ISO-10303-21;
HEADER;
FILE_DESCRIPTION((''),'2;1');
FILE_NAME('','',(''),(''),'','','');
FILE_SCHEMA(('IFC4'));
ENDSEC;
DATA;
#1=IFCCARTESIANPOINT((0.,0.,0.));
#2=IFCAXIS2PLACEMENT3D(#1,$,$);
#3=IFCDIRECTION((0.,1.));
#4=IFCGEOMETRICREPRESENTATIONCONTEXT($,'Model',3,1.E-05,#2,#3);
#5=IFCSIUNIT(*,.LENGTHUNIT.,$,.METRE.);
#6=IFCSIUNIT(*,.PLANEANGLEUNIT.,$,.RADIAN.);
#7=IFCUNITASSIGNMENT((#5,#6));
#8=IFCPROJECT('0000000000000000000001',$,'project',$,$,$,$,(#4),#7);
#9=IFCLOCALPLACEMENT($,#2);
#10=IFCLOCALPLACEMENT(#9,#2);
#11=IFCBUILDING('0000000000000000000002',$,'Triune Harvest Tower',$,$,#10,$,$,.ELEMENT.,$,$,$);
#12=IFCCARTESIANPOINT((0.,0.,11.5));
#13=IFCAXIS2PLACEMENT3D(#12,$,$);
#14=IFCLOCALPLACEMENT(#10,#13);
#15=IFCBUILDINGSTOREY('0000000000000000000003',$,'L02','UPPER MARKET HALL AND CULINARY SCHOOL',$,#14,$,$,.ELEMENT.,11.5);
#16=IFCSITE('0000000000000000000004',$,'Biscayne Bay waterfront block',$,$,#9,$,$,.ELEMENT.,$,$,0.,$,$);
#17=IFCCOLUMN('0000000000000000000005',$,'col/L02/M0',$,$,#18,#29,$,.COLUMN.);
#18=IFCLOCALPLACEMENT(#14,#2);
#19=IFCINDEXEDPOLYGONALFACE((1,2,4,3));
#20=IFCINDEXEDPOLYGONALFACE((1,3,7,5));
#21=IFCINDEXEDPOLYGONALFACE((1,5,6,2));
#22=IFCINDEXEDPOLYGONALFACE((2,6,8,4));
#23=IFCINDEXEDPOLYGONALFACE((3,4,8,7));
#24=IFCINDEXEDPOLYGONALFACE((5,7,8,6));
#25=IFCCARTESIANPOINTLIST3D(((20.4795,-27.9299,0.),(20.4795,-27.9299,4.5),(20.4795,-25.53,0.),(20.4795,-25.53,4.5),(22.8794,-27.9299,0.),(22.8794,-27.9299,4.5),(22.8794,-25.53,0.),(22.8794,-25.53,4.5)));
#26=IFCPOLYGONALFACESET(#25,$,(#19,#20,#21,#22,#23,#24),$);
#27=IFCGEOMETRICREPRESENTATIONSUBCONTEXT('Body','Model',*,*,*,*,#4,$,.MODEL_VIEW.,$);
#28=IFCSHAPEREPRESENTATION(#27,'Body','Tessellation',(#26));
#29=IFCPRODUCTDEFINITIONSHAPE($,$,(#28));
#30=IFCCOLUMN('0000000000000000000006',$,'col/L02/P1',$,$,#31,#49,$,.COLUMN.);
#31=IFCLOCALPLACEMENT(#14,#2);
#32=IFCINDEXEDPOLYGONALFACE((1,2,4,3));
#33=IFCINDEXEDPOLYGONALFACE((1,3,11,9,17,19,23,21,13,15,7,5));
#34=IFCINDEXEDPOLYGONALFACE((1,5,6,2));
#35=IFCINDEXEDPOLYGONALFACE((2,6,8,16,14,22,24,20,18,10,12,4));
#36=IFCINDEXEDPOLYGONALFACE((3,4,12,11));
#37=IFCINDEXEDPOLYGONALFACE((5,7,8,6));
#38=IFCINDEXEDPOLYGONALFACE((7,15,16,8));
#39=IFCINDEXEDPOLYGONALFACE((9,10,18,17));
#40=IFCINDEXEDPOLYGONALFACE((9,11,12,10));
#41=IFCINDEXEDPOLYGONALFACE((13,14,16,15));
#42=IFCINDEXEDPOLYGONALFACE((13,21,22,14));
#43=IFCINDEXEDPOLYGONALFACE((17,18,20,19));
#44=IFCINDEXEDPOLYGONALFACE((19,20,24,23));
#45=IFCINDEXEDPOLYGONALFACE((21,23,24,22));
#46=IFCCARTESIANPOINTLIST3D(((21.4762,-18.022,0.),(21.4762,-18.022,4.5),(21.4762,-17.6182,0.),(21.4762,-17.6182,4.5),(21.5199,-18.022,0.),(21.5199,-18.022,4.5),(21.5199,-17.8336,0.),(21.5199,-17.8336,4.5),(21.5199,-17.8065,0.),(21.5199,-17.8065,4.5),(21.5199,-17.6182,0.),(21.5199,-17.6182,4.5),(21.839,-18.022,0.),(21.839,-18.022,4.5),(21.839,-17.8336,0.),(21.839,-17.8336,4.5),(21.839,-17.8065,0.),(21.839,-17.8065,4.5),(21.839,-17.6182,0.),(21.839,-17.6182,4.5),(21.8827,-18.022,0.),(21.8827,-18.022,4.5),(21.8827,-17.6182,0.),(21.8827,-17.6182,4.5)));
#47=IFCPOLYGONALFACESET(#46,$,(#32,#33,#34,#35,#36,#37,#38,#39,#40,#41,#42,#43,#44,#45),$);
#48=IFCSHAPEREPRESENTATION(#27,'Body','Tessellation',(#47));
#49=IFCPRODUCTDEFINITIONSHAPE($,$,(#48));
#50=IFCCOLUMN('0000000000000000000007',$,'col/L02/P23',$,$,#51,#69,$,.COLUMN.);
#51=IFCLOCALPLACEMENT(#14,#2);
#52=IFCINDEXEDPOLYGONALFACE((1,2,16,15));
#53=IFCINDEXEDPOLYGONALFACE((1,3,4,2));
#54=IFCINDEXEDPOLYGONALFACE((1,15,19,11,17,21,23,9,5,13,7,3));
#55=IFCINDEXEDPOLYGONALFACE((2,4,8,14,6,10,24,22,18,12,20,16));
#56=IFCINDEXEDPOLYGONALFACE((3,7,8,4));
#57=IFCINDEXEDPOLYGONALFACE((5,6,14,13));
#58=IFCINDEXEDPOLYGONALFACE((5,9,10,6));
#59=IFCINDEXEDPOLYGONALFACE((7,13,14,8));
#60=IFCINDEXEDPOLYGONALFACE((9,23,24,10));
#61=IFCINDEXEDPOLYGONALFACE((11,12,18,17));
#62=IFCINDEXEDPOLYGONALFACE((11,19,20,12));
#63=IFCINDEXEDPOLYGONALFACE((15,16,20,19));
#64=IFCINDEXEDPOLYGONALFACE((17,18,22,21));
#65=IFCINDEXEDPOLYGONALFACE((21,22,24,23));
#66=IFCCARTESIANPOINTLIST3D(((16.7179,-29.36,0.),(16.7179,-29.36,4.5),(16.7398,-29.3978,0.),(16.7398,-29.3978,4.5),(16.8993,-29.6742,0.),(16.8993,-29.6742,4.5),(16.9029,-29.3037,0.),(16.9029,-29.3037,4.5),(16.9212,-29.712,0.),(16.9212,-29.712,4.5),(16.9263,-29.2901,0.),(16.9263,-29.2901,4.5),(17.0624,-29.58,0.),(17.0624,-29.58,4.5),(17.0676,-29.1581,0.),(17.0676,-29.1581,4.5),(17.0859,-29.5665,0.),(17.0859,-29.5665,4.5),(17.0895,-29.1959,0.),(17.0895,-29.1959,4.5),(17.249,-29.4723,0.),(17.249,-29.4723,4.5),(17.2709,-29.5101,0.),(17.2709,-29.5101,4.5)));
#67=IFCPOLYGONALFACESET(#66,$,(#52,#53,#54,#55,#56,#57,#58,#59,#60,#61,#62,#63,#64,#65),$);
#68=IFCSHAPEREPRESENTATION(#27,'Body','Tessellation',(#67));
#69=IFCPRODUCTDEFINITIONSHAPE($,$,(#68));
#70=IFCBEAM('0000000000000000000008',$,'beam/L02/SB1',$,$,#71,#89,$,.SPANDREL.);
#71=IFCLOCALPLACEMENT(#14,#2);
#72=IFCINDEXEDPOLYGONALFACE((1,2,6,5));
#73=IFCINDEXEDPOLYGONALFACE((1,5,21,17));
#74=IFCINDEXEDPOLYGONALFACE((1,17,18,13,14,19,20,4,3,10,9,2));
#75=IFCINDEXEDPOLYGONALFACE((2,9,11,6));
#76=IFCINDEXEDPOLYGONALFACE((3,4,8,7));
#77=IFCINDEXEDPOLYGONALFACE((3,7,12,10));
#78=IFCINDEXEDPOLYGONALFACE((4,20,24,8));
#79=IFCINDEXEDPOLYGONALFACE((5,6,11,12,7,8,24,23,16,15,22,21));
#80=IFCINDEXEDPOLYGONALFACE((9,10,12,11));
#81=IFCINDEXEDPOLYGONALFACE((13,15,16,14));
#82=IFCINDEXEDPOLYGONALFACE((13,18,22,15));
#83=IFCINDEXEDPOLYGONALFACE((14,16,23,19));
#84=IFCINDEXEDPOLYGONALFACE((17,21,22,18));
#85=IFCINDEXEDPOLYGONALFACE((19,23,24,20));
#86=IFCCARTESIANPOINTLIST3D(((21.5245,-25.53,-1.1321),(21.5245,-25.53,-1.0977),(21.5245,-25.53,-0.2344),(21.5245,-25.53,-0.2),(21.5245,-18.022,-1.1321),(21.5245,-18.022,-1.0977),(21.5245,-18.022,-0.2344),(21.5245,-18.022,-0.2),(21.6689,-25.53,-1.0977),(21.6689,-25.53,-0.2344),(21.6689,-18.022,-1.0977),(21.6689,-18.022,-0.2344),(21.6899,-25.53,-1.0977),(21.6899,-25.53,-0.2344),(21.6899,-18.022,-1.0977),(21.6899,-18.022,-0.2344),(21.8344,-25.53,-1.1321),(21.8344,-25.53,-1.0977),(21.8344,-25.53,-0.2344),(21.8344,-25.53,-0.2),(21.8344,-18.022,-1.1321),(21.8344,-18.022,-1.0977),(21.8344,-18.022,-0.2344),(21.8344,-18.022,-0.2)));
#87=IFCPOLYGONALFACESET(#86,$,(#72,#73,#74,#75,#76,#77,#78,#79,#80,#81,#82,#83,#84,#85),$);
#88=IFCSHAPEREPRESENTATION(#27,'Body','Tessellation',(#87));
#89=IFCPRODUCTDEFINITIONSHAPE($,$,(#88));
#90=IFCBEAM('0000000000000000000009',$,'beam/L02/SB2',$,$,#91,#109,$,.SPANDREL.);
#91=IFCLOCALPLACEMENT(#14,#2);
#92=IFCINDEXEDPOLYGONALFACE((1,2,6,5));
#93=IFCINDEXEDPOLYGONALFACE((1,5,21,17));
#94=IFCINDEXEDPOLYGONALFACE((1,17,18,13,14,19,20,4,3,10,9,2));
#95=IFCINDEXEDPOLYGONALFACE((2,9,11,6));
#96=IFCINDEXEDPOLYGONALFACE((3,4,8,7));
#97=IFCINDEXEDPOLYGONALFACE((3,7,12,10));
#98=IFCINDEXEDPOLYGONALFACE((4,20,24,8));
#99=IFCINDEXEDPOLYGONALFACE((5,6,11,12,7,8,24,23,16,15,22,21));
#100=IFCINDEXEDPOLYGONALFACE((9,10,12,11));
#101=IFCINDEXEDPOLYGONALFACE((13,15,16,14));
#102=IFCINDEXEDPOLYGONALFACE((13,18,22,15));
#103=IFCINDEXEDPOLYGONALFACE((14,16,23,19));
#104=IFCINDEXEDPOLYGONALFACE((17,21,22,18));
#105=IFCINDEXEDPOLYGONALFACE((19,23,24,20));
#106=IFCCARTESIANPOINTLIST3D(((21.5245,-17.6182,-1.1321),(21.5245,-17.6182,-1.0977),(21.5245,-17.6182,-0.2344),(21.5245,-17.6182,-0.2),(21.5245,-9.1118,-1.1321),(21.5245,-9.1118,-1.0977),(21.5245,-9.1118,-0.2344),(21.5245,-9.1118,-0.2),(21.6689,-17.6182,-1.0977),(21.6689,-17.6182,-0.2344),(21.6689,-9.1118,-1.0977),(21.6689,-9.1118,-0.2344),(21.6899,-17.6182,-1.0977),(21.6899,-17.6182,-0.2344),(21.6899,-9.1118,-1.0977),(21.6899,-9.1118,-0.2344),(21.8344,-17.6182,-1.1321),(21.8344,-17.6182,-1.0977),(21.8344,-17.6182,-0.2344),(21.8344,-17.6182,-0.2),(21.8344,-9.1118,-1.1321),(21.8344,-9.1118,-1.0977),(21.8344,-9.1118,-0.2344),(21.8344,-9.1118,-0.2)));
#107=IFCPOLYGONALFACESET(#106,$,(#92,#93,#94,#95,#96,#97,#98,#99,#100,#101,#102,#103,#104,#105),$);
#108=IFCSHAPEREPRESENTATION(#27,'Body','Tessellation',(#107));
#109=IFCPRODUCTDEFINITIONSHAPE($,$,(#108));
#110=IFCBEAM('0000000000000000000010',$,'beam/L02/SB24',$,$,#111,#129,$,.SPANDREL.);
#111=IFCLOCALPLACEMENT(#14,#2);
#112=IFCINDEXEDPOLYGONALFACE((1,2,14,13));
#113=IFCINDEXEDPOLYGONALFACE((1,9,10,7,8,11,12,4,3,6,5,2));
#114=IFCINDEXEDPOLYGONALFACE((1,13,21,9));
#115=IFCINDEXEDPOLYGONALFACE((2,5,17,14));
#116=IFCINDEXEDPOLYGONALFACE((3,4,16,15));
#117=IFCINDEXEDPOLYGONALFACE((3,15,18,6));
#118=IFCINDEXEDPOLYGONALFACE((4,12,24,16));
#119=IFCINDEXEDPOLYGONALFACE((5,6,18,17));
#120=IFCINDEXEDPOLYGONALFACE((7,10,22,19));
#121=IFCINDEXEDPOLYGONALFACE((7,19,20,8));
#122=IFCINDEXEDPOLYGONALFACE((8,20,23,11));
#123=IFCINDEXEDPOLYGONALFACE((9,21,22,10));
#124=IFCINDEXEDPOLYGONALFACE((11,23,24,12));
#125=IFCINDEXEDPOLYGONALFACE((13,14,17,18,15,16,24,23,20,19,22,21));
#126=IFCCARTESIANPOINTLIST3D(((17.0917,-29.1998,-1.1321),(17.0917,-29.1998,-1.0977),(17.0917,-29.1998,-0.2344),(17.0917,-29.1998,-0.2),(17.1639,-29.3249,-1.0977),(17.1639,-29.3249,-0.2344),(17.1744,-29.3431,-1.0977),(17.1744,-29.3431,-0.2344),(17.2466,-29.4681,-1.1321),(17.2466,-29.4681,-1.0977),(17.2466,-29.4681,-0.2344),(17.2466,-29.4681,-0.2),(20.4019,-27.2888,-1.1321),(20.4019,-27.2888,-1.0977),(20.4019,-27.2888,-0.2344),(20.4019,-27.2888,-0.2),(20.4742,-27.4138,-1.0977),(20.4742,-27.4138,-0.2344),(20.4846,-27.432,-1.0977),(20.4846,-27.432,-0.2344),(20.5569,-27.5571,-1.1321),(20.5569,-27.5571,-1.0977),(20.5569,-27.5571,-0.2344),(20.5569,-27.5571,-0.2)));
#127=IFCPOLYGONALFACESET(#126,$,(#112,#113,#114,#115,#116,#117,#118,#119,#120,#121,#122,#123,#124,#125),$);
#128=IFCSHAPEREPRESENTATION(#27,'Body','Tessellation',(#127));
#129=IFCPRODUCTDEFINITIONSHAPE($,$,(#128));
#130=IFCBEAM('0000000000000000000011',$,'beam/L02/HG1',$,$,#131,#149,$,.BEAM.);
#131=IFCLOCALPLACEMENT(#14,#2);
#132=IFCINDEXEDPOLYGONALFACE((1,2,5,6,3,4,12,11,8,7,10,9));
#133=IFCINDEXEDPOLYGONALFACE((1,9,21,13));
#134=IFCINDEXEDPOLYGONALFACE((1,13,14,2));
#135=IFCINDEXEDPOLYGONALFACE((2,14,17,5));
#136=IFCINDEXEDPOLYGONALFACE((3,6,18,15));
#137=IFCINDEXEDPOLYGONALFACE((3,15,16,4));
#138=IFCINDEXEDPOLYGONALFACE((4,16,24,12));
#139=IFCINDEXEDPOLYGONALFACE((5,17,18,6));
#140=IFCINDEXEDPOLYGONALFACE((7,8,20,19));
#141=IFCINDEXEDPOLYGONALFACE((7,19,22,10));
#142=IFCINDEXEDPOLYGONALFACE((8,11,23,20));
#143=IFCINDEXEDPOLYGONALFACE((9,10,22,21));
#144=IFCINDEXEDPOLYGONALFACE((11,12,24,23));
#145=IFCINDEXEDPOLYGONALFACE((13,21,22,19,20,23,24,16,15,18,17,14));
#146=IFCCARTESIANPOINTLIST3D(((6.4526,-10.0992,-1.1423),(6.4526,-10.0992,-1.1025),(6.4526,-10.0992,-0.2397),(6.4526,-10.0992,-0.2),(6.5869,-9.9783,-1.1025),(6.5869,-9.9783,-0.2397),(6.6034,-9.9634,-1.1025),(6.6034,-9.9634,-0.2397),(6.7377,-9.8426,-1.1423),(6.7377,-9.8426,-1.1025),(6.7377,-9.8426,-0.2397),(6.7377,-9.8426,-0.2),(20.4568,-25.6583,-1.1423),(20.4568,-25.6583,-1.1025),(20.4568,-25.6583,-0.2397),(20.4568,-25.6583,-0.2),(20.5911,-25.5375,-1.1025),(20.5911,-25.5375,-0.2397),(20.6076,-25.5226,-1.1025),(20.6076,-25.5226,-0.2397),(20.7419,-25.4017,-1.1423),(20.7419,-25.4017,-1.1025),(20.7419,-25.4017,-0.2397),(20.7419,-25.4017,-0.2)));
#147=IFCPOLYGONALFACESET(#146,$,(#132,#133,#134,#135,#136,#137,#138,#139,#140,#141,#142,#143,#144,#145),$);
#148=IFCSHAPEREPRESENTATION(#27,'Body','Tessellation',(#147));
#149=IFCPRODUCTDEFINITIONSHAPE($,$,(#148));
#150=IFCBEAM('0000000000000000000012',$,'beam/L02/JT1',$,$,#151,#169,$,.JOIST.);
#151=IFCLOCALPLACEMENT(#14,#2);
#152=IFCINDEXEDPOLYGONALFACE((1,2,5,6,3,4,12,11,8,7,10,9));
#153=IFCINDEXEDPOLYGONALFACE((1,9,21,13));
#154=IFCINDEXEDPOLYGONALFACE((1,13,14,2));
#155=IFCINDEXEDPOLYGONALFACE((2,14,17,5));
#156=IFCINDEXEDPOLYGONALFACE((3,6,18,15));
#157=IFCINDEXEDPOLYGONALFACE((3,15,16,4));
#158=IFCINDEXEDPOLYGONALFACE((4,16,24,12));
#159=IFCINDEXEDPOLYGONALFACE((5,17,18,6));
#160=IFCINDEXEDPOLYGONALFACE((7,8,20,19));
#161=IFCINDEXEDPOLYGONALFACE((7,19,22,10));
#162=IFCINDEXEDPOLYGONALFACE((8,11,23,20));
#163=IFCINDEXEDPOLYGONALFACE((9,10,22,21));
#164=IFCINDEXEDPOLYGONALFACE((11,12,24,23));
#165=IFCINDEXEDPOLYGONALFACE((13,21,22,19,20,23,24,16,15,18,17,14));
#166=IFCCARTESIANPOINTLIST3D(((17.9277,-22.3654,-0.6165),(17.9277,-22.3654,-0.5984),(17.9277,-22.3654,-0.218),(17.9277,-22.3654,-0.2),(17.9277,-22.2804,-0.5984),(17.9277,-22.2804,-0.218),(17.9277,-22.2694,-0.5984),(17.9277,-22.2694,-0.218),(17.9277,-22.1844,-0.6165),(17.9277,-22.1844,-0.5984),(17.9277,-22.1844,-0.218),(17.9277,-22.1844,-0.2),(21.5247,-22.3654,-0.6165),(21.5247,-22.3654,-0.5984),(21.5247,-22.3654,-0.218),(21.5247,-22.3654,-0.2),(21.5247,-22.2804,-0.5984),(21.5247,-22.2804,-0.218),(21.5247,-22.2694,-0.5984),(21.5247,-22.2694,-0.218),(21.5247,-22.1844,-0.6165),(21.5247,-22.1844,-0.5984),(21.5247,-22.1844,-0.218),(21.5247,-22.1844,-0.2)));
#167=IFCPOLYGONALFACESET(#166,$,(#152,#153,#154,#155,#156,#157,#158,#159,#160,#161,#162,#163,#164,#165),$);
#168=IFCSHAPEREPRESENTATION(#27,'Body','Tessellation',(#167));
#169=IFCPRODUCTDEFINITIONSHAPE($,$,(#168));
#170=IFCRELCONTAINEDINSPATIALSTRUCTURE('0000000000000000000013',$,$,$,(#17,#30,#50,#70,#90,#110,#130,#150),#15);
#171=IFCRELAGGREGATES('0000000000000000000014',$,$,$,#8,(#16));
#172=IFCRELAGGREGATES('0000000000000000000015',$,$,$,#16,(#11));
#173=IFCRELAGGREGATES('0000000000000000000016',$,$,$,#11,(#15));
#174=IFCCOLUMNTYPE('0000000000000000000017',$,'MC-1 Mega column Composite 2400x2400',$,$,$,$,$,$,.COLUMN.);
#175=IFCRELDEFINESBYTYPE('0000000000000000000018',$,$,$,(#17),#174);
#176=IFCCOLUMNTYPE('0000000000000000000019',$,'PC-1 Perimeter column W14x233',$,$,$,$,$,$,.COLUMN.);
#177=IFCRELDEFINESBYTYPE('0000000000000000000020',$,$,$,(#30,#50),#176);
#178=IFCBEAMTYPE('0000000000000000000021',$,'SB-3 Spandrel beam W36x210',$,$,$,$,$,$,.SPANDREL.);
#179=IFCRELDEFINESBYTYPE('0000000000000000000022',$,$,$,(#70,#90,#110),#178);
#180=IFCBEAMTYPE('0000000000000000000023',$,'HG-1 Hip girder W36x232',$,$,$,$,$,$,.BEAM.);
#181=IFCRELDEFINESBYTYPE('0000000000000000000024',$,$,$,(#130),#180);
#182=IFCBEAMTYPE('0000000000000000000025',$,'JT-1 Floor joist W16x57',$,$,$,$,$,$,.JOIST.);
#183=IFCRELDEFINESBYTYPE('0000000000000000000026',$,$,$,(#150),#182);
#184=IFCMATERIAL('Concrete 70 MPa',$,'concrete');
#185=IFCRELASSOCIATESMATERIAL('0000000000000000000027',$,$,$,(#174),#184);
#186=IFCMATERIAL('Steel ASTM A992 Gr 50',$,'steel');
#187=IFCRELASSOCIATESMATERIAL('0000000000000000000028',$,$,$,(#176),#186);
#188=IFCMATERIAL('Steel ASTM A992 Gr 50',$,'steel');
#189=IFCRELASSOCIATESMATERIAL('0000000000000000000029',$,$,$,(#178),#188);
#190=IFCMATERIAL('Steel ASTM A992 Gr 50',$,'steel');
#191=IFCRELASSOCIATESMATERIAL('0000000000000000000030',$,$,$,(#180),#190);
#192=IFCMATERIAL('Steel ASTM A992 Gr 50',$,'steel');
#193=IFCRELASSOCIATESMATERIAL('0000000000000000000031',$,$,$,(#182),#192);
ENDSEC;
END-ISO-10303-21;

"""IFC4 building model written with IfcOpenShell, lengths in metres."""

from ifc_helpers import new_model, si_unit, direction, frame, origin, origin_2d, place, context, subcontext, project, spatial, rectangle, i_section, extrude, source, transform, mapped, material, material_profile, profile_set, type_object, element, save


model = new_model("IFC4")

# Units and contexts
model_context = context("Model", 3, precision=1e-05, world=origin(), true_north=direction((0.0, 1.0)))
body_context = subcontext(model_context, "Body", "Model", "MODEL_VIEW")
ifc_project = project(units=[si_unit("LENGTHUNIT", "METRE"), si_unit("PLANEANGLEUNIT", "RADIAN")], contexts=[model_context])

# Site, building, storey
site_placement = place(None, origin())
site = spatial("IfcSite", under=ifc_project, at=site_placement, Name="Biscayne Bay waterfront block", CompositionType="ELEMENT", RefElevation=0.0)
building_placement = place(site_placement, origin())
building = spatial("IfcBuilding", under=site, at=building_placement, Name="Triune Harvest Tower", CompositionType="ELEMENT")
storey_placement = place(building_placement, frame((0.0, 0.0, 11.5)))
storey = spatial("IfcBuildingStorey", under=building, at=storey_placement, Name="L02", Description="UPPER MARKET HALL AND CULINARY SCHOOL", CompositionType="ELEMENT", Elevation=11.5)

# Columns
ifc_material_1 = material(Name="Concrete 70 MPa", Category="concrete")
ifc_material_profile_1 = material_profile(ifc_material_1, rectangle(XDim=2.3999, YDim=2.3999, at=origin_2d()), Name="Composite 2400x2400")
ifc_profile_set_1 = profile_set([ifc_material_profile_1], Name="Concrete 70 MPa")
column_type_1 = type_object("IfcColumnType", Name="MC-1 Mega column Composite 2400x2400", PredefinedType="COLUMN", material=ifc_profile_set_1)
shared_shape_1 = source(origin(), body_context, "Body", "SweptSolid", [
    extrude(rectangle(XDim=2.3999, YDim=2.3999, at=origin_2d()), origin(), (0.0, 0.0, 1.0), 4.5),
])
column_placement = place(storey_placement, frame((21.6794, -26.73, 0.0), z_axis=(0.0, 0.0, 1.0), x_axis=(0.0, 1.0, 0.0)))
element("IfcColumn", 1, at=column_placement, inside=storey, type_object=column_type_1, Name="col/L02/M0", PredefinedType="COLUMN", context=body_context, shape_type="MappedRepresentation", body=[
    mapped(shared_shape_1, transform((0.0, 0.0, 0.0), scale=1.0)),
])
ifc_material_2 = material(Name="Steel ASTM A992 Gr 50", Category="steel")
ifc_material_profile_2 = material_profile(ifc_material_2, i_section(OverallWidth=0.4038, OverallDepth=0.4065, WebThickness=0.0271, FlangeThickness=0.0437, at=origin_2d()), Name="W14x233")
ifc_profile_set_2 = profile_set([ifc_material_profile_2], Name="Steel ASTM A992 Gr 50")
column_type_2 = type_object("IfcColumnType", Name="PC-1 Perimeter column W14x233", PredefinedType="COLUMN", material=ifc_profile_set_2)
shared_shape_2 = source(origin(), body_context, "Body", "SweptSolid", [
    extrude(i_section(OverallWidth=0.4038, OverallDepth=0.4065, WebThickness=0.0271, FlangeThickness=0.0437, at=origin_2d()), origin(), (0.0, 0.0, 1.0), 4.5),
])
for number, where, z_axis, x_axis, name in (
    (2, (21.6794, -17.8201, 0.0), (0.0, 0.0, 1.0), (0.0, 1.0, 0.0), "col/L02/P1"),
    (3, (16.9944, -29.4351, 0.0), (0.0, 0.0, 1.0), (0.866026, 0.499998, 0.0), "col/L02/P23"),
):
    element("IfcColumn", number, at=place(storey_placement, frame(where, z_axis=z_axis, x_axis=x_axis)), inside=storey, type_object=column_type_2, Name=name, PredefinedType="COLUMN", context=body_context, shape_type="MappedRepresentation", body=[
        mapped(shared_shape_2, transform((0.0, 0.0, 0.0), scale=1.0)),
    ])

# Beams
ifc_material_3 = material(Name="Steel ASTM A992 Gr 50", Category="steel")
ifc_material_profile_3 = material_profile(ifc_material_3, i_section(OverallWidth=0.3098, OverallDepth=0.9321, WebThickness=0.021, FlangeThickness=0.0344, at=origin_2d()), Name="W36x210")
ifc_profile_set_3 = profile_set([ifc_material_profile_3], Name="Steel ASTM A992 Gr 50")
beam_type_1 = type_object("IfcBeamType", Name="SB-3 Spandrel beam W36x210", PredefinedType="SPANDREL", material=ifc_profile_set_3)
shared_shape_3 = source(origin(), body_context, "Body", "SweptSolid", [
    extrude(i_section(OverallWidth=0.3098, OverallDepth=0.9321, WebThickness=0.021, FlangeThickness=0.0344, at=origin_2d()), origin(), (0.0, 0.0, 1.0), 7.5081),
])
beam_1_placement = place(storey_placement, frame((21.6794, -25.53, -0.666), z_axis=(0.0, 1.0, 0.0), x_axis=(-1.0, 0.0, 0.0)))
element("IfcBeam", 4, at=beam_1_placement, inside=storey, type_object=beam_type_1, Name="beam/L02/SB1", PredefinedType="SPANDREL", context=body_context, shape_type="MappedRepresentation", body=[
    mapped(shared_shape_3, transform((0.0, 0.0, 0.0), scale=1.0)),
])
shared_shape_4 = source(origin(), body_context, "Body", "SweptSolid", [
    extrude(i_section(OverallWidth=0.3098, OverallDepth=0.9321, WebThickness=0.021, FlangeThickness=0.0344, at=origin_2d()), origin(), (0.0, 0.0, 1.0), 8.5063),
])
beam_2_placement = place(storey_placement, frame((21.6794, -17.6182, -0.666), z_axis=(0.0, 1.0, 0.0), x_axis=(-1.0, 0.0, 0.0)))
element("IfcBeam", 5, at=beam_2_placement, inside=storey, type_object=beam_type_1, Name="beam/L02/SB2", PredefinedType="SPANDREL", context=body_context, shape_type="MappedRepresentation", body=[
    mapped(shared_shape_4, transform((0.0, 0.0, 0.0), scale=1.0)),
])
shared_shape_5 = source(origin(), body_context, "Body", "SweptSolid", [
    extrude(i_section(OverallWidth=0.3098, OverallDepth=0.9321, WebThickness=0.021, FlangeThickness=0.0344, at=origin_2d()), origin(), (0.0, 0.0, 1.0), 3.8223),
])
beam_3_placement = place(storey_placement, frame((17.1692, -29.334, -0.666), z_axis=(0.866033, 0.499986, 0.0), x_axis=(-0.499986, 0.866033, 0.0)))
element("IfcBeam", 6, at=beam_3_placement, inside=storey, type_object=beam_type_1, Name="beam/L02/SB24", PredefinedType="SPANDREL", context=body_context, shape_type="MappedRepresentation", body=[
    mapped(shared_shape_5, transform((0.0, 0.0, 0.0), scale=1.0)),
])
ifc_material_4 = material(Name="Steel ASTM A992 Gr 50", Category="steel")
ifc_material_profile_4 = material_profile(ifc_material_4, i_section(OverallWidth=0.3835, OverallDepth=0.9424, WebThickness=0.0222, FlangeThickness=0.0398, at=origin_2d()), Name="W36x232")
ifc_profile_set_4 = profile_set([ifc_material_profile_4], Name="Steel ASTM A992 Gr 50")
beam_type_2 = type_object("IfcBeamType", Name="HG-1 Hip girder W36x232", PredefinedType="BEAM", material=ifc_profile_set_4)
shared_shape_6 = source(origin(), body_context, "Body", "SweptSolid", [
    extrude(i_section(OverallWidth=0.3835, OverallDepth=0.9424, WebThickness=0.0222, FlangeThickness=0.0398, at=origin_2d()), origin(), (0.0, 0.0, 1.0), 20.9333),
])
beam_4_placement = place(storey_placement, frame((20.5994, -25.53, -0.6711), z_axis=(-0.668991, 0.743271, 0.0), x_axis=(-0.743271, -0.668991, 0.0)))
element("IfcBeam", 7, at=beam_4_placement, inside=storey, type_object=beam_type_2, Name="beam/L02/HG1", PredefinedType="BEAM", context=body_context, shape_type="MappedRepresentation", body=[
    mapped(shared_shape_6, transform((0.0, 0.0, 0.0), scale=1.0)),
])
ifc_material_5 = material(Name="Steel ASTM A992 Gr 50", Category="steel")
ifc_material_profile_5 = material_profile(ifc_material_5, i_section(OverallWidth=0.1809, OverallDepth=0.4165, WebThickness=0.011, FlangeThickness=0.0181, at=origin_2d()), Name="W16x57")
ifc_profile_set_5 = profile_set([ifc_material_profile_5], Name="Steel ASTM A992 Gr 50")
beam_type_3 = type_object("IfcBeamType", Name="JT-1 Floor joist W16x57", PredefinedType="JOIST", material=ifc_profile_set_5)
shared_shape_7 = source(origin(), body_context, "Body", "SweptSolid", [
    extrude(i_section(OverallWidth=0.1809, OverallDepth=0.4165, WebThickness=0.011, FlangeThickness=0.0181, at=origin_2d()), origin(), (0.0, 0.0, 1.0), 3.5969),
])
beam_5_placement = place(storey_placement, frame((21.5247, -22.2749, -0.4082), z_axis=(-1.0, 0.0, 0.0), x_axis=(0.0, -1.0, 0.0)))
element("IfcBeam", 8, at=beam_5_placement, inside=storey, type_object=beam_type_3, Name="beam/L02/JT1", PredefinedType="JOIST", context=body_context, shape_type="MappedRepresentation", body=[
    mapped(shared_shape_7, transform((0.0, 0.0, 0.0), scale=1.0)),
])

save(model, "model.ifc")
